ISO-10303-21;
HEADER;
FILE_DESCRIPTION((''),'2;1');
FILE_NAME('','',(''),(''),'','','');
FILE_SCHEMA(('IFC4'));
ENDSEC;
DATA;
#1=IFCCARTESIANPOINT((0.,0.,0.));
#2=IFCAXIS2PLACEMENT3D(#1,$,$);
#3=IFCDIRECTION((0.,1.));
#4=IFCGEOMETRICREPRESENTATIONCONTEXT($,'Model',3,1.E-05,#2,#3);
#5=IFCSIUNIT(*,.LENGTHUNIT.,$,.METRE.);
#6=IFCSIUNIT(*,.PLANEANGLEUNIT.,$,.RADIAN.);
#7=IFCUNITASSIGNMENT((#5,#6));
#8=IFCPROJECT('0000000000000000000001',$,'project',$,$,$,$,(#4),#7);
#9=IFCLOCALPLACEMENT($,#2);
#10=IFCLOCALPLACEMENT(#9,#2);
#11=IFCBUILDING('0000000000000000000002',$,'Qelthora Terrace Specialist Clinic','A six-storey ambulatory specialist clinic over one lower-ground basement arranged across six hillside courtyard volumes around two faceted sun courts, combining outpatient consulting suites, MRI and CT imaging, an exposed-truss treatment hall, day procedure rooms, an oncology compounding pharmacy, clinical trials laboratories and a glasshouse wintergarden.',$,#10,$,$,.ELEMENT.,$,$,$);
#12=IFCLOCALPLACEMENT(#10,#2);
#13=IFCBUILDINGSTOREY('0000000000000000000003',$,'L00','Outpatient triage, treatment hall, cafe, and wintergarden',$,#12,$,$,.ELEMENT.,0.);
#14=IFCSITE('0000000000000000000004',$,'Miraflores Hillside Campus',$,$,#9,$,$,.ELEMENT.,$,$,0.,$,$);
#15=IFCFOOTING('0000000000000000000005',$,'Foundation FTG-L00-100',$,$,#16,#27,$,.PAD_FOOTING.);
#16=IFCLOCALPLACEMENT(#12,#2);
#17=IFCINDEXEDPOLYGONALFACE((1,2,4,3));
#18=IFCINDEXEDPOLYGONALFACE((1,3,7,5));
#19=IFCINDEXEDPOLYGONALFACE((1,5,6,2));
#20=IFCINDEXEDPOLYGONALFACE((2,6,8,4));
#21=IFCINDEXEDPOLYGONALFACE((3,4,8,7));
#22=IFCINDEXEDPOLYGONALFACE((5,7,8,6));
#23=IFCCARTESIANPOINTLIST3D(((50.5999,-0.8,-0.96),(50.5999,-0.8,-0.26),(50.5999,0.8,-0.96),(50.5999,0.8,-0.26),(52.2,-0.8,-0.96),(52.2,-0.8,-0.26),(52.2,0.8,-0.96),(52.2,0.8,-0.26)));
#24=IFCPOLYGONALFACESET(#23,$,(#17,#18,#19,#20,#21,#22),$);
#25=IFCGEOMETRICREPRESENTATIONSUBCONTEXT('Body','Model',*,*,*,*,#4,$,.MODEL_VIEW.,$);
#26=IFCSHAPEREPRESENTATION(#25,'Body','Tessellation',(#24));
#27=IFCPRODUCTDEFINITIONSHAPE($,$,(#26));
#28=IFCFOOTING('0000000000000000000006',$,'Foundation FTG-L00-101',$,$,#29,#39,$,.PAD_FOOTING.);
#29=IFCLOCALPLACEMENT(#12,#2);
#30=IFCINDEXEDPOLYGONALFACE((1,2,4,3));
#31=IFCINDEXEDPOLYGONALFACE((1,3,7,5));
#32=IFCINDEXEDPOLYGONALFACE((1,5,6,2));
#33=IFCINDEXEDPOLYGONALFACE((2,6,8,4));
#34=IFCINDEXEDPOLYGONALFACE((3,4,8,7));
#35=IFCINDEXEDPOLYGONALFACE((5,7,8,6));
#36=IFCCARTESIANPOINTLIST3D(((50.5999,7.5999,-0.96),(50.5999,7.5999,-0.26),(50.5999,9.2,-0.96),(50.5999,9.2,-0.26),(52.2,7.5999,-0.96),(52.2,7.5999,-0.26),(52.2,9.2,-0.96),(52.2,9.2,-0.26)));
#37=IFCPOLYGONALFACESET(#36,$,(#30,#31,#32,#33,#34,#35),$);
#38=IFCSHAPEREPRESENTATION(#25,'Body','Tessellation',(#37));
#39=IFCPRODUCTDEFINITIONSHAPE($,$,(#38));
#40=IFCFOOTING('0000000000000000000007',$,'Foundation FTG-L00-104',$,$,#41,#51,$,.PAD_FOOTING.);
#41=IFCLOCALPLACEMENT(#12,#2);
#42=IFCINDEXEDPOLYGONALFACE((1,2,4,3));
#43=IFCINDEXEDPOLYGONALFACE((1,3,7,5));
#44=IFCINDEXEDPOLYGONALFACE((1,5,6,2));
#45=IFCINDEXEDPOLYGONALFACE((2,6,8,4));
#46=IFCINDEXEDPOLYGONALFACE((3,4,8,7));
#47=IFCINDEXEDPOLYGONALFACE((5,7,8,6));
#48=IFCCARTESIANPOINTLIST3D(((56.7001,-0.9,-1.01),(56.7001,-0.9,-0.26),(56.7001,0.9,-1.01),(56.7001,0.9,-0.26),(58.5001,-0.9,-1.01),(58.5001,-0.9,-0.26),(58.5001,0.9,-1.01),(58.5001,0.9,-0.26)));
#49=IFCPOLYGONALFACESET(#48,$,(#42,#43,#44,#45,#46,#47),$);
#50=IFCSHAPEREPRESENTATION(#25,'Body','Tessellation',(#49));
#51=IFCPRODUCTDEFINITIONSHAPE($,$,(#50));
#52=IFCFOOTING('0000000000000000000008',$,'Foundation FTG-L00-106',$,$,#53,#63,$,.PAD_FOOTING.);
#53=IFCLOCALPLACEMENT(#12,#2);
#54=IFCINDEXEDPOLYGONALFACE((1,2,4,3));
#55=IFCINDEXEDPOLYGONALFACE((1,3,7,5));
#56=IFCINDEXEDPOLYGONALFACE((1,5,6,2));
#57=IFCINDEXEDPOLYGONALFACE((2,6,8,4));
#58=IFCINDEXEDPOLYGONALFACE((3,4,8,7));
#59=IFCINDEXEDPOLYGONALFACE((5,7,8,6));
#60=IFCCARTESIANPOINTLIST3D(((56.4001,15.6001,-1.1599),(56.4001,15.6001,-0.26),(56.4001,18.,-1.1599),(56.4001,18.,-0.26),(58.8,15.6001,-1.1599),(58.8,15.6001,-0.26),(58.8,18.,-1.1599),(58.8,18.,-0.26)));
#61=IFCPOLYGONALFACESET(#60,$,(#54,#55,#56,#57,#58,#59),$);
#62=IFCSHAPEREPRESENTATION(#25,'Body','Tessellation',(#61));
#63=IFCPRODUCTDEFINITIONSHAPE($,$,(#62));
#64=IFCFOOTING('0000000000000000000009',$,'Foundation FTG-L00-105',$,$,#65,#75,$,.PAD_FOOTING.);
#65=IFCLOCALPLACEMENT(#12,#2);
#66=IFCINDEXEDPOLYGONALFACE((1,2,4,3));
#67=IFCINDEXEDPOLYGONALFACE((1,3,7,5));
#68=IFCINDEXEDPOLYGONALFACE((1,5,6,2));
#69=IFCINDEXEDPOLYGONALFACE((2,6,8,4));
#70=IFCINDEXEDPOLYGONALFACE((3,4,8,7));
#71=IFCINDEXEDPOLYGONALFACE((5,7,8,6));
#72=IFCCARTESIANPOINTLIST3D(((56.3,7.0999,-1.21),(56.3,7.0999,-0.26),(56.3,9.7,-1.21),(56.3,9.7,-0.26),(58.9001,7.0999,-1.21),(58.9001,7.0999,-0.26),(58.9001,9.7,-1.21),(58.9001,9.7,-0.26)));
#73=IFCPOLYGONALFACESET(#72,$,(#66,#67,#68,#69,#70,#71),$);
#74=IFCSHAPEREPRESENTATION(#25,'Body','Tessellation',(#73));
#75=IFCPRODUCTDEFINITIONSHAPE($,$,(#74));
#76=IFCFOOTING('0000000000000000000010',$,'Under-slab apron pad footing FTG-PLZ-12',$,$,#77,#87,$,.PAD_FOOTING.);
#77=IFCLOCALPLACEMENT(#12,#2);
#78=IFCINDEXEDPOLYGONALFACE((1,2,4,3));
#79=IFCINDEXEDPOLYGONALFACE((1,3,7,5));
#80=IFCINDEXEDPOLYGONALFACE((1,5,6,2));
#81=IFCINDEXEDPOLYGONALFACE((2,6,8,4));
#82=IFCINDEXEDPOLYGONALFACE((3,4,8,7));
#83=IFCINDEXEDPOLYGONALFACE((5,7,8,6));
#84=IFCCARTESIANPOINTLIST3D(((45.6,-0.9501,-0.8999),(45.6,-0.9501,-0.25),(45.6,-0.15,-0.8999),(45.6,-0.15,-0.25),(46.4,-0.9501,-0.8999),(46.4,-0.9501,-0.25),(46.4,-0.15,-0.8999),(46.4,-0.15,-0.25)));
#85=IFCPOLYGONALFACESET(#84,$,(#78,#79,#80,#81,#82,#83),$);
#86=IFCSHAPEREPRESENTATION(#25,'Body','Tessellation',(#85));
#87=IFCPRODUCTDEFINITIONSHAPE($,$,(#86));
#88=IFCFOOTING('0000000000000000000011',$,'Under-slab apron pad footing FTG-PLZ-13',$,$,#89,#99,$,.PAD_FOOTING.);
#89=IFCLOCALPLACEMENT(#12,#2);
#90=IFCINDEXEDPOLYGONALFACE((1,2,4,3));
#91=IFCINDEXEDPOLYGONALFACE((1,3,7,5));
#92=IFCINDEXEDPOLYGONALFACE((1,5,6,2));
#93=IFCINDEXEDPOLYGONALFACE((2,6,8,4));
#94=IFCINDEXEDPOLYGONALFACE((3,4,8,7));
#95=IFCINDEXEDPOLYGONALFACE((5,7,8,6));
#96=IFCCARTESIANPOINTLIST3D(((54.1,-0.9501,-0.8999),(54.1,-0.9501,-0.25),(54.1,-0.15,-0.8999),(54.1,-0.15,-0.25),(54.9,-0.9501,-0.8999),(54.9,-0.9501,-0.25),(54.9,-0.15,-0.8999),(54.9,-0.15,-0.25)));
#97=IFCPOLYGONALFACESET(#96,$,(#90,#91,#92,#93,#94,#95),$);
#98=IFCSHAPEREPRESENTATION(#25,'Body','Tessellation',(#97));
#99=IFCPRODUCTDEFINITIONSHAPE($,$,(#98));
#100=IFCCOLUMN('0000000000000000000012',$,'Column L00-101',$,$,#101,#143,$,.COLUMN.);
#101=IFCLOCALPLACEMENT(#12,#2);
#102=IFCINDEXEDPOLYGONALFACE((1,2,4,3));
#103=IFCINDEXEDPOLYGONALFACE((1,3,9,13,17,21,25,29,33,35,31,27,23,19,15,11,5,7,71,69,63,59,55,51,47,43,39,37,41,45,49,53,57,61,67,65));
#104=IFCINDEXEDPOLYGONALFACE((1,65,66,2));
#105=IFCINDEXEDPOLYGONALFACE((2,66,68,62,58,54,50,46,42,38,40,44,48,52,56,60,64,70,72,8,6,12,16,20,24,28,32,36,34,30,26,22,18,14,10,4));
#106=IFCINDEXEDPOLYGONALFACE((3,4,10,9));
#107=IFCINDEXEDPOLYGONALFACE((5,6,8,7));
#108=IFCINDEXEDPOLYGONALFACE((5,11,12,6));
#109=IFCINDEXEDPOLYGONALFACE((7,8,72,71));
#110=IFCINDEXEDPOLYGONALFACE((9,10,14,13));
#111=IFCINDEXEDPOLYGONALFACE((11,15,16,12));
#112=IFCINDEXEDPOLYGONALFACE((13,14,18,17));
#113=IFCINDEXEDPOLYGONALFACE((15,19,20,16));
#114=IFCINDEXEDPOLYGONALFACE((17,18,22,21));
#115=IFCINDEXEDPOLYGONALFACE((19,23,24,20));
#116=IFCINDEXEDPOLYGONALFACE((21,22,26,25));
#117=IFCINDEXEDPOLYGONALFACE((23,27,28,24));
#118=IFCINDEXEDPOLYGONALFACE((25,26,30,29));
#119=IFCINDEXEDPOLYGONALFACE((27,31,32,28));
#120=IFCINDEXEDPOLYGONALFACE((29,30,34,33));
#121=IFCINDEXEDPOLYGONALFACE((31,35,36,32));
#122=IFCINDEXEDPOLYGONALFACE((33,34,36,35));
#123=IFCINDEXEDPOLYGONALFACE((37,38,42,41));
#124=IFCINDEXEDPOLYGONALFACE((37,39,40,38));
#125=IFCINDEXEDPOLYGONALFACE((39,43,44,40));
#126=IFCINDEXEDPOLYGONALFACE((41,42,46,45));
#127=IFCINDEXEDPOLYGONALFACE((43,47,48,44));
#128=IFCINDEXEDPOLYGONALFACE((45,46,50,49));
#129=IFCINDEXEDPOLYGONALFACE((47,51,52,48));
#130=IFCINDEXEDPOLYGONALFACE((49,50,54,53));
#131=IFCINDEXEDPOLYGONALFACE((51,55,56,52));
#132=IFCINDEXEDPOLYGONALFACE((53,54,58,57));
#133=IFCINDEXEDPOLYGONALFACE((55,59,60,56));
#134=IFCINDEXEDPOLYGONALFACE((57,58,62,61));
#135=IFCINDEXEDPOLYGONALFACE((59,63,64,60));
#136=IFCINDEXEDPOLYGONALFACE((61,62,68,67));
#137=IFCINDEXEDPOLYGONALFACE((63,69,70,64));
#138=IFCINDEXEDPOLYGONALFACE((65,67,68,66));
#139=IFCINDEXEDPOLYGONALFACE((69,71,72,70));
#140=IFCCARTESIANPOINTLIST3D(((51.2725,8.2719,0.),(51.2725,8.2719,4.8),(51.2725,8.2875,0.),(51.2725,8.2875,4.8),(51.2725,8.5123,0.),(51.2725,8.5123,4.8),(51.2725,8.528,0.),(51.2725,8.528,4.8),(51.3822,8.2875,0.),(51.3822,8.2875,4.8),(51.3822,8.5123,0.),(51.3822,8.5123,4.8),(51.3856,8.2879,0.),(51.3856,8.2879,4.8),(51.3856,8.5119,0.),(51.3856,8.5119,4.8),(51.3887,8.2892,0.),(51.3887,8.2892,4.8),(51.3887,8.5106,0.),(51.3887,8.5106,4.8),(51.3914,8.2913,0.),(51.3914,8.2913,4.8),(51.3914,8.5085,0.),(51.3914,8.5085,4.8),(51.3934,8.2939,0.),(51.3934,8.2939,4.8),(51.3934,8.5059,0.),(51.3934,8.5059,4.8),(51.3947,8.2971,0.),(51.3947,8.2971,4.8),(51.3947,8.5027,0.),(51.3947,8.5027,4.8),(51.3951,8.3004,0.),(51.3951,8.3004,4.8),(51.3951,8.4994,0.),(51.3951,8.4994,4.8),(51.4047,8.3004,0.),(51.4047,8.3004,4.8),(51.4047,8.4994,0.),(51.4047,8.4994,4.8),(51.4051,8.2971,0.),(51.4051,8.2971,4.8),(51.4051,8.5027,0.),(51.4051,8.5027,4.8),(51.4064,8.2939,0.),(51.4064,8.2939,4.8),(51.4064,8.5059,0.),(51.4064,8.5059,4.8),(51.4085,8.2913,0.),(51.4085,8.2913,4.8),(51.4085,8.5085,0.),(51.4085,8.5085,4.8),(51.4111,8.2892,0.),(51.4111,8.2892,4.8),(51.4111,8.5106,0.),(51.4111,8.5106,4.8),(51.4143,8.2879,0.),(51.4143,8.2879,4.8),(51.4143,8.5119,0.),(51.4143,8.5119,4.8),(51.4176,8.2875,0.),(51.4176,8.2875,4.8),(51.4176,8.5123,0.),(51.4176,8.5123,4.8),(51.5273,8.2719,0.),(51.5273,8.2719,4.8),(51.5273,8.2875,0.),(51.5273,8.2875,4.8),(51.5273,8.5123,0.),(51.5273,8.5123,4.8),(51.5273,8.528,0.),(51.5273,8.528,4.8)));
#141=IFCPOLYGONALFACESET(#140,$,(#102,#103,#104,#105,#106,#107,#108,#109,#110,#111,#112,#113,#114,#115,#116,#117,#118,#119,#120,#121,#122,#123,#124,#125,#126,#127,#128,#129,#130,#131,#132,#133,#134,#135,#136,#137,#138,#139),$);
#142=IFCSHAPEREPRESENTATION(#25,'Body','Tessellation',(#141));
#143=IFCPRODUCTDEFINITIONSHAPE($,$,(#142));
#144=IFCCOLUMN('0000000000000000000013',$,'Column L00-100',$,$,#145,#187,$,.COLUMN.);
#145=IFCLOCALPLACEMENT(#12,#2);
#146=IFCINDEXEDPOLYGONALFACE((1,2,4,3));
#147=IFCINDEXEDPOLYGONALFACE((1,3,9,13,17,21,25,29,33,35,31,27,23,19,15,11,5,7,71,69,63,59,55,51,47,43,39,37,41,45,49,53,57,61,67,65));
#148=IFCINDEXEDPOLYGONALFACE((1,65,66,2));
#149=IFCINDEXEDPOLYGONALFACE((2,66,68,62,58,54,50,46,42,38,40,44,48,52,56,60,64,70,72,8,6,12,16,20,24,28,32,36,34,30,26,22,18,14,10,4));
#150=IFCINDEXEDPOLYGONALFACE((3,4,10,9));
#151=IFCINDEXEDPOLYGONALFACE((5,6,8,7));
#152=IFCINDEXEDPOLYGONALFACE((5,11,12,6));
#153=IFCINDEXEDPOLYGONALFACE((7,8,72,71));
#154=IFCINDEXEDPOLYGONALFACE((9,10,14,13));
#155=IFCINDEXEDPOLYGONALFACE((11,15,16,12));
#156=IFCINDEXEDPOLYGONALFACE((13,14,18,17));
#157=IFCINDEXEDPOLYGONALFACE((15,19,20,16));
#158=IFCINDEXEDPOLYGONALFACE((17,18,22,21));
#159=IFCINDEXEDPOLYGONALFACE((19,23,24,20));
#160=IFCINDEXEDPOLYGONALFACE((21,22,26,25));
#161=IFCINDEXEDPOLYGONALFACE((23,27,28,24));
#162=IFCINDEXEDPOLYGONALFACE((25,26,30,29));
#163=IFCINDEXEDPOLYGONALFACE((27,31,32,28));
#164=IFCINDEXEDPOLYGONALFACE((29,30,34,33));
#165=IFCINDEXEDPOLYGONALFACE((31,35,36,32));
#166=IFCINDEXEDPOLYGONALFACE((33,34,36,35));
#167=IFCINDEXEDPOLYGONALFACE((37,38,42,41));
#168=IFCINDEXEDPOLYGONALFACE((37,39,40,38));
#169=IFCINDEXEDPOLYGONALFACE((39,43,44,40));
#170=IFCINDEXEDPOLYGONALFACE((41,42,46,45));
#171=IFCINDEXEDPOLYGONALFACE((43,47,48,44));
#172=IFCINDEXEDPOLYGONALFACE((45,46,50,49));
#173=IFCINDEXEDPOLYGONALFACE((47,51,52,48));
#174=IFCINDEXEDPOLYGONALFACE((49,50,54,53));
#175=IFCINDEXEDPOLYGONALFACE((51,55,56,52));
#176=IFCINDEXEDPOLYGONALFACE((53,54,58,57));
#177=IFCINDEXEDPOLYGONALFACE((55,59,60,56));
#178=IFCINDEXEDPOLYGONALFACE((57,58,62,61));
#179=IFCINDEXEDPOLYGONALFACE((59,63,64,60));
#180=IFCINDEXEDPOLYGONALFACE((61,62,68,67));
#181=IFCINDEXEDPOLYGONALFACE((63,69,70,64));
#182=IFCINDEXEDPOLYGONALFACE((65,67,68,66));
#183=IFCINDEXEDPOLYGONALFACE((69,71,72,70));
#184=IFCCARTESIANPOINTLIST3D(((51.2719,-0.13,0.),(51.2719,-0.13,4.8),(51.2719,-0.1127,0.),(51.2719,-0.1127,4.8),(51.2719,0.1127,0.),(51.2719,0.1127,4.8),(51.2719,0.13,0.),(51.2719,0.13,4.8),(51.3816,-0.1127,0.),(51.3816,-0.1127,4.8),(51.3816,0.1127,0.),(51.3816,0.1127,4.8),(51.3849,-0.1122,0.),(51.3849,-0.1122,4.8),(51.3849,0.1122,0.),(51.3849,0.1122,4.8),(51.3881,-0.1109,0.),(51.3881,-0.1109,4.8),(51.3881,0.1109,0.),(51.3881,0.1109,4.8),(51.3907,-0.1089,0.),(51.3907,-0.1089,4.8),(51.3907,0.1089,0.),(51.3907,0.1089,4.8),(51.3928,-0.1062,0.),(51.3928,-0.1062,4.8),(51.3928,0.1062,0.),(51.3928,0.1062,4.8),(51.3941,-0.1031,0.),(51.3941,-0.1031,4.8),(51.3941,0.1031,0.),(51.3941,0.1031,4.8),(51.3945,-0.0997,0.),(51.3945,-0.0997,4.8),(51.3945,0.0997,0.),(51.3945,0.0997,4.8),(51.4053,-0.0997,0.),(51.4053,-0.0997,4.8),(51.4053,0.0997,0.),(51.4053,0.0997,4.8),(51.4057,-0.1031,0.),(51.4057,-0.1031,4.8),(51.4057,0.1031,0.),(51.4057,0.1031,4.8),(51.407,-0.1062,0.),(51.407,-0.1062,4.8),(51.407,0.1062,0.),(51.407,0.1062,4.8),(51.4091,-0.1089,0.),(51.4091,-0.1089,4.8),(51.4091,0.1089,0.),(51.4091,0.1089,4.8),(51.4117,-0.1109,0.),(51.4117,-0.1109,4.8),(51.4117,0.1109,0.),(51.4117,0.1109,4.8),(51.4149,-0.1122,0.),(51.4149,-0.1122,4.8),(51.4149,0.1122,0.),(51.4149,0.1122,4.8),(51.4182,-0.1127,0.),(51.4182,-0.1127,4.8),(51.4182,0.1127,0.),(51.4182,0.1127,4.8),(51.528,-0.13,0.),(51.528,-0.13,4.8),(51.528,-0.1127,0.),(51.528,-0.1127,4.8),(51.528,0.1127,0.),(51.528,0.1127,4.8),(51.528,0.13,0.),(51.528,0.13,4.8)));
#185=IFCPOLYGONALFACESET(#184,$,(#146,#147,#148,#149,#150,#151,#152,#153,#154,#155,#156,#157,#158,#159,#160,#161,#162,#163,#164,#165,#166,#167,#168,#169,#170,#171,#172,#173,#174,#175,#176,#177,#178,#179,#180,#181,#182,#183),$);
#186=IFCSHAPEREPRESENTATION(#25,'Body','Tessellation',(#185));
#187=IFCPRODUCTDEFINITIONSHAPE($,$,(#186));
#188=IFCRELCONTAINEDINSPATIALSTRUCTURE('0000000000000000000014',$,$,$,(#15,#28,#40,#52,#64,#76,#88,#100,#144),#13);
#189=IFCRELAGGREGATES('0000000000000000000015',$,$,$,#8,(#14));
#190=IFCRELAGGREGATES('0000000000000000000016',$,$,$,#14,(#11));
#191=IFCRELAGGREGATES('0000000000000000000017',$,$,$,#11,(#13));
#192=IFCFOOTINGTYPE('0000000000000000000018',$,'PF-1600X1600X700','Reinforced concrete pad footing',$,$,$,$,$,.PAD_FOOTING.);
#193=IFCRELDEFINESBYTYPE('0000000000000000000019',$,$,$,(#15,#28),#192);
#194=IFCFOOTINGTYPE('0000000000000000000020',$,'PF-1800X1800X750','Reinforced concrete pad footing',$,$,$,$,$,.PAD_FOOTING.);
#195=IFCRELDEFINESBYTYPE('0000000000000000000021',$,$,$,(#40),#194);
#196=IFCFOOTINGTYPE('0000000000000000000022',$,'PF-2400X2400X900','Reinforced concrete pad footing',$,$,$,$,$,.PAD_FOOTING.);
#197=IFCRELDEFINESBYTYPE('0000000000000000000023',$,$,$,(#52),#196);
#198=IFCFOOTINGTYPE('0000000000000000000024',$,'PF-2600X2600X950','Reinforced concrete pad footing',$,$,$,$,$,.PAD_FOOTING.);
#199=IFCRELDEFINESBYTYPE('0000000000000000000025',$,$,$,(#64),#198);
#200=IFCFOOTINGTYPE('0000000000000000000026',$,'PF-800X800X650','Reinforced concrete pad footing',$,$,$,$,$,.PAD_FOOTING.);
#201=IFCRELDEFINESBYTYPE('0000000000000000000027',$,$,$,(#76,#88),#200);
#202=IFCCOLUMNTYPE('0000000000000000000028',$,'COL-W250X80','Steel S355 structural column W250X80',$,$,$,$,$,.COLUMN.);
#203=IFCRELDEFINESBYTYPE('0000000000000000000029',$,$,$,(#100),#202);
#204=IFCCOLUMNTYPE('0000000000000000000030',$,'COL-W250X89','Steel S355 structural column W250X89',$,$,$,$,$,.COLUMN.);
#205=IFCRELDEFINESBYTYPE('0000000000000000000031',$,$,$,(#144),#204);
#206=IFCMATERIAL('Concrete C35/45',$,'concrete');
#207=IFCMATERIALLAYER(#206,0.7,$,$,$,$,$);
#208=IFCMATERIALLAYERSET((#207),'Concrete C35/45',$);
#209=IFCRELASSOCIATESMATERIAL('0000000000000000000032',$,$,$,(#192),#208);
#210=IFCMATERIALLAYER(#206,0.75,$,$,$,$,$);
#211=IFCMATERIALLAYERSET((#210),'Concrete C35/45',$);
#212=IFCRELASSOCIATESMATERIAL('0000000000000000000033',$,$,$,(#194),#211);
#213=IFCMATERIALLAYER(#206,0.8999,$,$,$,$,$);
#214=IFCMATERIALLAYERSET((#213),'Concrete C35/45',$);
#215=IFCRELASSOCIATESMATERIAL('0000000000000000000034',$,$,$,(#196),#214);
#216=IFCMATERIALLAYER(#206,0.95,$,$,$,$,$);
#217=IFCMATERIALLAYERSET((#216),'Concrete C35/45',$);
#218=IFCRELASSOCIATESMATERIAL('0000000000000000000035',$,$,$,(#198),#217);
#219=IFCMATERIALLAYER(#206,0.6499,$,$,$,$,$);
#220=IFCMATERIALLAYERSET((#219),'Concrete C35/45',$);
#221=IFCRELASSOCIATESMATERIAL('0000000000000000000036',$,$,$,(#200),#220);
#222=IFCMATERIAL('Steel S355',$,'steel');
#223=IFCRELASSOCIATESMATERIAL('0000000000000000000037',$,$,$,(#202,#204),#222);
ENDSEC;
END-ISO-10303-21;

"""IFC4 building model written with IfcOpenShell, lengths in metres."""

from ifc_helpers import new_model, si_unit, direction, frame, origin, origin_2d, place, context, subcontext, project, spatial, rectangle, i_section, extrude, material, layer, layer_set, material_profile, profile_set, type_object, element, save


model = new_model("IFC4")

# Units and contexts
model_context = context("Model", 3, precision=1e-05, world=origin(), true_north=direction((0.0, 1.0)))
body_context = subcontext(model_context, "Body", "Model", "MODEL_VIEW")
ifc_project = project(units=[si_unit("LENGTHUNIT", "METRE"), si_unit("PLANEANGLEUNIT", "RADIAN")], contexts=[model_context])

# Site, building, storey
site_placement = place(None, origin())
site = spatial("IfcSite", under=ifc_project, at=site_placement, Name="Miraflores Hillside Campus", CompositionType="ELEMENT", RefElevation=0.0)
building_placement = place(site_placement, origin())
building = spatial("IfcBuilding", under=site, at=building_placement, Name="Qelthora Terrace Specialist Clinic", Description="A six-storey ambulatory specialist clinic over one lower-ground basement arranged across six hillside courtyard volumes around two faceted sun courts, combining outpatient consulting suites, MRI and CT imaging, an exposed-truss treatment hall, day procedure rooms, an oncology compounding pharmacy, clinical trials laboratories and a glasshouse wintergarden.", CompositionType="ELEMENT")
storey_placement = place(building_placement, origin())
storey = spatial("IfcBuildingStorey", under=building, at=storey_placement, Name="L00", Description="Outpatient triage, treatment hall, cafe, and wintergarden", CompositionType="ELEMENT", Elevation=0.0)

# Footings
ifc_material_1 = material(Name="Concrete C35/45", Category="concrete")
ifc_layer_1 = layer(ifc_material_1, 0.7)
ifc_layer_set_1 = layer_set([ifc_layer_1], Name="Concrete C35/45")
footing_type_1 = type_object("IfcFootingType", Name="PF-1600X1600X700", Description="Reinforced concrete pad footing", PredefinedType="PAD_FOOTING", material=ifc_layer_set_1)
for number, where, z_axis, x_axis, name in (
    (1, (51.3999, 0.0, -0.96), (0.0, 0.0, 1.0), (1.0, 0.0, 0.0), "Foundation FTG-L00-100"),
    (2, (51.3999, 8.3999, -0.96), (0.0, 0.0, 1.0), (1.0, 0.0, 0.0), "Foundation FTG-L00-101"),
):
    element("IfcFooting", number, at=place(storey_placement, frame(where, z_axis=z_axis, x_axis=x_axis)), inside=storey, type_object=footing_type_1, Name=name, PredefinedType="PAD_FOOTING", context=body_context, shape_type="SweptSolid", body=[
        extrude(rectangle(XDim=1.6001, YDim=1.6001, at=origin_2d()), origin(), (0.0, 0.0, 1.0), 0.7),
    ])
ifc_layer_2 = layer(ifc_material_1, 0.75)
ifc_layer_set_2 = layer_set([ifc_layer_2], Name="Concrete C35/45")
footing_type_2 = type_object("IfcFootingType", Name="PF-1800X1800X750", Description="Reinforced concrete pad footing", PredefinedType="PAD_FOOTING", material=ifc_layer_set_2)
footing_1_placement = place(storey_placement, frame((57.6001, 0.0, -1.01), z_axis=(0.0, 0.0, 1.0), x_axis=(1.0, 0.0, 0.0)))
element("IfcFooting", 3, at=footing_1_placement, inside=storey, type_object=footing_type_2, Name="Foundation FTG-L00-104", PredefinedType="PAD_FOOTING", context=body_context, shape_type="SweptSolid", body=[
    extrude(rectangle(XDim=1.8, YDim=1.8, at=origin_2d()), origin(), (0.0, 0.0, 1.0), 0.75),
])
ifc_layer_3 = layer(ifc_material_1, 0.8999)
ifc_layer_set_3 = layer_set([ifc_layer_3], Name="Concrete C35/45")
footing_type_3 = type_object("IfcFootingType", Name="PF-2400X2400X900", Description="Reinforced concrete pad footing", PredefinedType="PAD_FOOTING", material=ifc_layer_set_3)
footing_2_placement = place(storey_placement, frame((57.6001, 16.8, -1.1599), z_axis=(0.0, 0.0, 1.0), x_axis=(1.0, 0.0, 0.0)))
element("IfcFooting", 4, at=footing_2_placement, inside=storey, type_object=footing_type_3, Name="Foundation FTG-L00-106", PredefinedType="PAD_FOOTING", context=body_context, shape_type="SweptSolid", body=[
    extrude(rectangle(XDim=2.3999, YDim=2.3999, at=origin_2d()), origin(), (0.0, 0.0, 1.0), 0.8999),
])
ifc_layer_4 = layer(ifc_material_1, 0.95)
ifc_layer_set_4 = layer_set([ifc_layer_4], Name="Concrete C35/45")
footing_type_4 = type_object("IfcFootingType", Name="PF-2600X2600X950", Description="Reinforced concrete pad footing", PredefinedType="PAD_FOOTING", material=ifc_layer_set_4)
footing_3_placement = place(storey_placement, frame((57.6001, 8.3999, -1.21), z_axis=(0.0, 0.0, 1.0), x_axis=(1.0, 0.0, 0.0)))
element("IfcFooting", 5, at=footing_3_placement, inside=storey, type_object=footing_type_4, Name="Foundation FTG-L00-105", PredefinedType="PAD_FOOTING", context=body_context, shape_type="SweptSolid", body=[
    extrude(rectangle(XDim=2.6001, YDim=2.6001, at=origin_2d()), origin(), (0.0, 0.0, 1.0), 0.95),
])
ifc_layer_5 = layer(ifc_material_1, 0.6499)
ifc_layer_set_5 = layer_set([ifc_layer_5], Name="Concrete C35/45")
footing_type_5 = type_object("IfcFootingType", Name="PF-800X800X650", Description="Reinforced concrete pad footing", PredefinedType="PAD_FOOTING", material=ifc_layer_set_5)
for number, where, z_axis, x_axis, name in (
    (6, (46.0, -0.55, -0.8999), (0.0, 0.0, 1.0), (1.0, 0.0, 0.0), "Under-slab apron pad footing FTG-PLZ-12"),
    (7, (54.5, -0.55, -0.8999), (0.0, 0.0, 1.0), (1.0, 0.0, 0.0), "Under-slab apron pad footing FTG-PLZ-13"),
):
    element("IfcFooting", number, at=place(storey_placement, frame(where, z_axis=z_axis, x_axis=x_axis)), inside=storey, type_object=footing_type_5, Name=name, PredefinedType="PAD_FOOTING", context=body_context, shape_type="SweptSolid", body=[
        extrude(rectangle(XDim=0.8, YDim=0.8, at=origin_2d()), origin(), (0.0, 0.0, 1.0), 0.6499),
    ])

# Columns
ifc_material_2 = material(Name="Steel S355", Category="steel")
ifc_material_profile_1 = material_profile(ifc_material_2, i_section(OverallWidth=0.2549, OverallDepth=0.2561, WebThickness=0.0095, FlangeThickness=0.0156, FilletRadius=0.0129, at=origin_2d()), Name="W250X80")
ifc_profile_set_1 = profile_set([ifc_material_profile_1], Name="Steel S355")
column_type_1 = type_object("IfcColumnType", Name="COL-W250X80", Description="Steel S355 structural column W250X80", PredefinedType="COLUMN", material=ifc_profile_set_1)
column_1_placement = place(storey_placement, frame((51.3999, 8.3999, 0.0), z_axis=(0.0, 0.0, 1.0), x_axis=(1.0, 0.0, 0.0)))
element("IfcColumn", 8, at=column_1_placement, inside=storey, type_object=column_type_1, Name="Column L00-101", PredefinedType="COLUMN", context=body_context, shape_type="SweptSolid", body=[
    extrude(i_section(OverallWidth=0.2549, OverallDepth=0.2561, WebThickness=0.0095, FlangeThickness=0.0156, FilletRadius=0.0129, at=origin_2d()), origin(), (0.0, 0.0, 1.0), 4.8),
])
ifc_material_profile_2 = material_profile(ifc_material_2, i_section(OverallWidth=0.2561, OverallDepth=0.26, WebThickness=0.0107, FlangeThickness=0.0173, FilletRadius=0.0129, at=origin_2d()), Name="W250X89")
ifc_profile_set_2 = profile_set([ifc_material_profile_2], Name="Steel S355")
column_type_2 = type_object("IfcColumnType", Name="COL-W250X89", Description="Steel S355 structural column W250X89", PredefinedType="COLUMN", material=ifc_profile_set_2)
column_2_placement = place(storey_placement, frame((51.3999, 0.0, 0.0), z_axis=(0.0, 0.0, 1.0), x_axis=(1.0, 0.0, 0.0)))
element("IfcColumn", 9, at=column_2_placement, inside=storey, type_object=column_type_2, Name="Column L00-100", PredefinedType="COLUMN", context=body_context, shape_type="SweptSolid", body=[
    extrude(i_section(OverallWidth=0.2561, OverallDepth=0.26, WebThickness=0.0107, FlangeThickness=0.0173, FilletRadius=0.0129, at=origin_2d()), origin(), (0.0, 0.0, 1.0), 4.8),
])

save(model, "model.ifc")
